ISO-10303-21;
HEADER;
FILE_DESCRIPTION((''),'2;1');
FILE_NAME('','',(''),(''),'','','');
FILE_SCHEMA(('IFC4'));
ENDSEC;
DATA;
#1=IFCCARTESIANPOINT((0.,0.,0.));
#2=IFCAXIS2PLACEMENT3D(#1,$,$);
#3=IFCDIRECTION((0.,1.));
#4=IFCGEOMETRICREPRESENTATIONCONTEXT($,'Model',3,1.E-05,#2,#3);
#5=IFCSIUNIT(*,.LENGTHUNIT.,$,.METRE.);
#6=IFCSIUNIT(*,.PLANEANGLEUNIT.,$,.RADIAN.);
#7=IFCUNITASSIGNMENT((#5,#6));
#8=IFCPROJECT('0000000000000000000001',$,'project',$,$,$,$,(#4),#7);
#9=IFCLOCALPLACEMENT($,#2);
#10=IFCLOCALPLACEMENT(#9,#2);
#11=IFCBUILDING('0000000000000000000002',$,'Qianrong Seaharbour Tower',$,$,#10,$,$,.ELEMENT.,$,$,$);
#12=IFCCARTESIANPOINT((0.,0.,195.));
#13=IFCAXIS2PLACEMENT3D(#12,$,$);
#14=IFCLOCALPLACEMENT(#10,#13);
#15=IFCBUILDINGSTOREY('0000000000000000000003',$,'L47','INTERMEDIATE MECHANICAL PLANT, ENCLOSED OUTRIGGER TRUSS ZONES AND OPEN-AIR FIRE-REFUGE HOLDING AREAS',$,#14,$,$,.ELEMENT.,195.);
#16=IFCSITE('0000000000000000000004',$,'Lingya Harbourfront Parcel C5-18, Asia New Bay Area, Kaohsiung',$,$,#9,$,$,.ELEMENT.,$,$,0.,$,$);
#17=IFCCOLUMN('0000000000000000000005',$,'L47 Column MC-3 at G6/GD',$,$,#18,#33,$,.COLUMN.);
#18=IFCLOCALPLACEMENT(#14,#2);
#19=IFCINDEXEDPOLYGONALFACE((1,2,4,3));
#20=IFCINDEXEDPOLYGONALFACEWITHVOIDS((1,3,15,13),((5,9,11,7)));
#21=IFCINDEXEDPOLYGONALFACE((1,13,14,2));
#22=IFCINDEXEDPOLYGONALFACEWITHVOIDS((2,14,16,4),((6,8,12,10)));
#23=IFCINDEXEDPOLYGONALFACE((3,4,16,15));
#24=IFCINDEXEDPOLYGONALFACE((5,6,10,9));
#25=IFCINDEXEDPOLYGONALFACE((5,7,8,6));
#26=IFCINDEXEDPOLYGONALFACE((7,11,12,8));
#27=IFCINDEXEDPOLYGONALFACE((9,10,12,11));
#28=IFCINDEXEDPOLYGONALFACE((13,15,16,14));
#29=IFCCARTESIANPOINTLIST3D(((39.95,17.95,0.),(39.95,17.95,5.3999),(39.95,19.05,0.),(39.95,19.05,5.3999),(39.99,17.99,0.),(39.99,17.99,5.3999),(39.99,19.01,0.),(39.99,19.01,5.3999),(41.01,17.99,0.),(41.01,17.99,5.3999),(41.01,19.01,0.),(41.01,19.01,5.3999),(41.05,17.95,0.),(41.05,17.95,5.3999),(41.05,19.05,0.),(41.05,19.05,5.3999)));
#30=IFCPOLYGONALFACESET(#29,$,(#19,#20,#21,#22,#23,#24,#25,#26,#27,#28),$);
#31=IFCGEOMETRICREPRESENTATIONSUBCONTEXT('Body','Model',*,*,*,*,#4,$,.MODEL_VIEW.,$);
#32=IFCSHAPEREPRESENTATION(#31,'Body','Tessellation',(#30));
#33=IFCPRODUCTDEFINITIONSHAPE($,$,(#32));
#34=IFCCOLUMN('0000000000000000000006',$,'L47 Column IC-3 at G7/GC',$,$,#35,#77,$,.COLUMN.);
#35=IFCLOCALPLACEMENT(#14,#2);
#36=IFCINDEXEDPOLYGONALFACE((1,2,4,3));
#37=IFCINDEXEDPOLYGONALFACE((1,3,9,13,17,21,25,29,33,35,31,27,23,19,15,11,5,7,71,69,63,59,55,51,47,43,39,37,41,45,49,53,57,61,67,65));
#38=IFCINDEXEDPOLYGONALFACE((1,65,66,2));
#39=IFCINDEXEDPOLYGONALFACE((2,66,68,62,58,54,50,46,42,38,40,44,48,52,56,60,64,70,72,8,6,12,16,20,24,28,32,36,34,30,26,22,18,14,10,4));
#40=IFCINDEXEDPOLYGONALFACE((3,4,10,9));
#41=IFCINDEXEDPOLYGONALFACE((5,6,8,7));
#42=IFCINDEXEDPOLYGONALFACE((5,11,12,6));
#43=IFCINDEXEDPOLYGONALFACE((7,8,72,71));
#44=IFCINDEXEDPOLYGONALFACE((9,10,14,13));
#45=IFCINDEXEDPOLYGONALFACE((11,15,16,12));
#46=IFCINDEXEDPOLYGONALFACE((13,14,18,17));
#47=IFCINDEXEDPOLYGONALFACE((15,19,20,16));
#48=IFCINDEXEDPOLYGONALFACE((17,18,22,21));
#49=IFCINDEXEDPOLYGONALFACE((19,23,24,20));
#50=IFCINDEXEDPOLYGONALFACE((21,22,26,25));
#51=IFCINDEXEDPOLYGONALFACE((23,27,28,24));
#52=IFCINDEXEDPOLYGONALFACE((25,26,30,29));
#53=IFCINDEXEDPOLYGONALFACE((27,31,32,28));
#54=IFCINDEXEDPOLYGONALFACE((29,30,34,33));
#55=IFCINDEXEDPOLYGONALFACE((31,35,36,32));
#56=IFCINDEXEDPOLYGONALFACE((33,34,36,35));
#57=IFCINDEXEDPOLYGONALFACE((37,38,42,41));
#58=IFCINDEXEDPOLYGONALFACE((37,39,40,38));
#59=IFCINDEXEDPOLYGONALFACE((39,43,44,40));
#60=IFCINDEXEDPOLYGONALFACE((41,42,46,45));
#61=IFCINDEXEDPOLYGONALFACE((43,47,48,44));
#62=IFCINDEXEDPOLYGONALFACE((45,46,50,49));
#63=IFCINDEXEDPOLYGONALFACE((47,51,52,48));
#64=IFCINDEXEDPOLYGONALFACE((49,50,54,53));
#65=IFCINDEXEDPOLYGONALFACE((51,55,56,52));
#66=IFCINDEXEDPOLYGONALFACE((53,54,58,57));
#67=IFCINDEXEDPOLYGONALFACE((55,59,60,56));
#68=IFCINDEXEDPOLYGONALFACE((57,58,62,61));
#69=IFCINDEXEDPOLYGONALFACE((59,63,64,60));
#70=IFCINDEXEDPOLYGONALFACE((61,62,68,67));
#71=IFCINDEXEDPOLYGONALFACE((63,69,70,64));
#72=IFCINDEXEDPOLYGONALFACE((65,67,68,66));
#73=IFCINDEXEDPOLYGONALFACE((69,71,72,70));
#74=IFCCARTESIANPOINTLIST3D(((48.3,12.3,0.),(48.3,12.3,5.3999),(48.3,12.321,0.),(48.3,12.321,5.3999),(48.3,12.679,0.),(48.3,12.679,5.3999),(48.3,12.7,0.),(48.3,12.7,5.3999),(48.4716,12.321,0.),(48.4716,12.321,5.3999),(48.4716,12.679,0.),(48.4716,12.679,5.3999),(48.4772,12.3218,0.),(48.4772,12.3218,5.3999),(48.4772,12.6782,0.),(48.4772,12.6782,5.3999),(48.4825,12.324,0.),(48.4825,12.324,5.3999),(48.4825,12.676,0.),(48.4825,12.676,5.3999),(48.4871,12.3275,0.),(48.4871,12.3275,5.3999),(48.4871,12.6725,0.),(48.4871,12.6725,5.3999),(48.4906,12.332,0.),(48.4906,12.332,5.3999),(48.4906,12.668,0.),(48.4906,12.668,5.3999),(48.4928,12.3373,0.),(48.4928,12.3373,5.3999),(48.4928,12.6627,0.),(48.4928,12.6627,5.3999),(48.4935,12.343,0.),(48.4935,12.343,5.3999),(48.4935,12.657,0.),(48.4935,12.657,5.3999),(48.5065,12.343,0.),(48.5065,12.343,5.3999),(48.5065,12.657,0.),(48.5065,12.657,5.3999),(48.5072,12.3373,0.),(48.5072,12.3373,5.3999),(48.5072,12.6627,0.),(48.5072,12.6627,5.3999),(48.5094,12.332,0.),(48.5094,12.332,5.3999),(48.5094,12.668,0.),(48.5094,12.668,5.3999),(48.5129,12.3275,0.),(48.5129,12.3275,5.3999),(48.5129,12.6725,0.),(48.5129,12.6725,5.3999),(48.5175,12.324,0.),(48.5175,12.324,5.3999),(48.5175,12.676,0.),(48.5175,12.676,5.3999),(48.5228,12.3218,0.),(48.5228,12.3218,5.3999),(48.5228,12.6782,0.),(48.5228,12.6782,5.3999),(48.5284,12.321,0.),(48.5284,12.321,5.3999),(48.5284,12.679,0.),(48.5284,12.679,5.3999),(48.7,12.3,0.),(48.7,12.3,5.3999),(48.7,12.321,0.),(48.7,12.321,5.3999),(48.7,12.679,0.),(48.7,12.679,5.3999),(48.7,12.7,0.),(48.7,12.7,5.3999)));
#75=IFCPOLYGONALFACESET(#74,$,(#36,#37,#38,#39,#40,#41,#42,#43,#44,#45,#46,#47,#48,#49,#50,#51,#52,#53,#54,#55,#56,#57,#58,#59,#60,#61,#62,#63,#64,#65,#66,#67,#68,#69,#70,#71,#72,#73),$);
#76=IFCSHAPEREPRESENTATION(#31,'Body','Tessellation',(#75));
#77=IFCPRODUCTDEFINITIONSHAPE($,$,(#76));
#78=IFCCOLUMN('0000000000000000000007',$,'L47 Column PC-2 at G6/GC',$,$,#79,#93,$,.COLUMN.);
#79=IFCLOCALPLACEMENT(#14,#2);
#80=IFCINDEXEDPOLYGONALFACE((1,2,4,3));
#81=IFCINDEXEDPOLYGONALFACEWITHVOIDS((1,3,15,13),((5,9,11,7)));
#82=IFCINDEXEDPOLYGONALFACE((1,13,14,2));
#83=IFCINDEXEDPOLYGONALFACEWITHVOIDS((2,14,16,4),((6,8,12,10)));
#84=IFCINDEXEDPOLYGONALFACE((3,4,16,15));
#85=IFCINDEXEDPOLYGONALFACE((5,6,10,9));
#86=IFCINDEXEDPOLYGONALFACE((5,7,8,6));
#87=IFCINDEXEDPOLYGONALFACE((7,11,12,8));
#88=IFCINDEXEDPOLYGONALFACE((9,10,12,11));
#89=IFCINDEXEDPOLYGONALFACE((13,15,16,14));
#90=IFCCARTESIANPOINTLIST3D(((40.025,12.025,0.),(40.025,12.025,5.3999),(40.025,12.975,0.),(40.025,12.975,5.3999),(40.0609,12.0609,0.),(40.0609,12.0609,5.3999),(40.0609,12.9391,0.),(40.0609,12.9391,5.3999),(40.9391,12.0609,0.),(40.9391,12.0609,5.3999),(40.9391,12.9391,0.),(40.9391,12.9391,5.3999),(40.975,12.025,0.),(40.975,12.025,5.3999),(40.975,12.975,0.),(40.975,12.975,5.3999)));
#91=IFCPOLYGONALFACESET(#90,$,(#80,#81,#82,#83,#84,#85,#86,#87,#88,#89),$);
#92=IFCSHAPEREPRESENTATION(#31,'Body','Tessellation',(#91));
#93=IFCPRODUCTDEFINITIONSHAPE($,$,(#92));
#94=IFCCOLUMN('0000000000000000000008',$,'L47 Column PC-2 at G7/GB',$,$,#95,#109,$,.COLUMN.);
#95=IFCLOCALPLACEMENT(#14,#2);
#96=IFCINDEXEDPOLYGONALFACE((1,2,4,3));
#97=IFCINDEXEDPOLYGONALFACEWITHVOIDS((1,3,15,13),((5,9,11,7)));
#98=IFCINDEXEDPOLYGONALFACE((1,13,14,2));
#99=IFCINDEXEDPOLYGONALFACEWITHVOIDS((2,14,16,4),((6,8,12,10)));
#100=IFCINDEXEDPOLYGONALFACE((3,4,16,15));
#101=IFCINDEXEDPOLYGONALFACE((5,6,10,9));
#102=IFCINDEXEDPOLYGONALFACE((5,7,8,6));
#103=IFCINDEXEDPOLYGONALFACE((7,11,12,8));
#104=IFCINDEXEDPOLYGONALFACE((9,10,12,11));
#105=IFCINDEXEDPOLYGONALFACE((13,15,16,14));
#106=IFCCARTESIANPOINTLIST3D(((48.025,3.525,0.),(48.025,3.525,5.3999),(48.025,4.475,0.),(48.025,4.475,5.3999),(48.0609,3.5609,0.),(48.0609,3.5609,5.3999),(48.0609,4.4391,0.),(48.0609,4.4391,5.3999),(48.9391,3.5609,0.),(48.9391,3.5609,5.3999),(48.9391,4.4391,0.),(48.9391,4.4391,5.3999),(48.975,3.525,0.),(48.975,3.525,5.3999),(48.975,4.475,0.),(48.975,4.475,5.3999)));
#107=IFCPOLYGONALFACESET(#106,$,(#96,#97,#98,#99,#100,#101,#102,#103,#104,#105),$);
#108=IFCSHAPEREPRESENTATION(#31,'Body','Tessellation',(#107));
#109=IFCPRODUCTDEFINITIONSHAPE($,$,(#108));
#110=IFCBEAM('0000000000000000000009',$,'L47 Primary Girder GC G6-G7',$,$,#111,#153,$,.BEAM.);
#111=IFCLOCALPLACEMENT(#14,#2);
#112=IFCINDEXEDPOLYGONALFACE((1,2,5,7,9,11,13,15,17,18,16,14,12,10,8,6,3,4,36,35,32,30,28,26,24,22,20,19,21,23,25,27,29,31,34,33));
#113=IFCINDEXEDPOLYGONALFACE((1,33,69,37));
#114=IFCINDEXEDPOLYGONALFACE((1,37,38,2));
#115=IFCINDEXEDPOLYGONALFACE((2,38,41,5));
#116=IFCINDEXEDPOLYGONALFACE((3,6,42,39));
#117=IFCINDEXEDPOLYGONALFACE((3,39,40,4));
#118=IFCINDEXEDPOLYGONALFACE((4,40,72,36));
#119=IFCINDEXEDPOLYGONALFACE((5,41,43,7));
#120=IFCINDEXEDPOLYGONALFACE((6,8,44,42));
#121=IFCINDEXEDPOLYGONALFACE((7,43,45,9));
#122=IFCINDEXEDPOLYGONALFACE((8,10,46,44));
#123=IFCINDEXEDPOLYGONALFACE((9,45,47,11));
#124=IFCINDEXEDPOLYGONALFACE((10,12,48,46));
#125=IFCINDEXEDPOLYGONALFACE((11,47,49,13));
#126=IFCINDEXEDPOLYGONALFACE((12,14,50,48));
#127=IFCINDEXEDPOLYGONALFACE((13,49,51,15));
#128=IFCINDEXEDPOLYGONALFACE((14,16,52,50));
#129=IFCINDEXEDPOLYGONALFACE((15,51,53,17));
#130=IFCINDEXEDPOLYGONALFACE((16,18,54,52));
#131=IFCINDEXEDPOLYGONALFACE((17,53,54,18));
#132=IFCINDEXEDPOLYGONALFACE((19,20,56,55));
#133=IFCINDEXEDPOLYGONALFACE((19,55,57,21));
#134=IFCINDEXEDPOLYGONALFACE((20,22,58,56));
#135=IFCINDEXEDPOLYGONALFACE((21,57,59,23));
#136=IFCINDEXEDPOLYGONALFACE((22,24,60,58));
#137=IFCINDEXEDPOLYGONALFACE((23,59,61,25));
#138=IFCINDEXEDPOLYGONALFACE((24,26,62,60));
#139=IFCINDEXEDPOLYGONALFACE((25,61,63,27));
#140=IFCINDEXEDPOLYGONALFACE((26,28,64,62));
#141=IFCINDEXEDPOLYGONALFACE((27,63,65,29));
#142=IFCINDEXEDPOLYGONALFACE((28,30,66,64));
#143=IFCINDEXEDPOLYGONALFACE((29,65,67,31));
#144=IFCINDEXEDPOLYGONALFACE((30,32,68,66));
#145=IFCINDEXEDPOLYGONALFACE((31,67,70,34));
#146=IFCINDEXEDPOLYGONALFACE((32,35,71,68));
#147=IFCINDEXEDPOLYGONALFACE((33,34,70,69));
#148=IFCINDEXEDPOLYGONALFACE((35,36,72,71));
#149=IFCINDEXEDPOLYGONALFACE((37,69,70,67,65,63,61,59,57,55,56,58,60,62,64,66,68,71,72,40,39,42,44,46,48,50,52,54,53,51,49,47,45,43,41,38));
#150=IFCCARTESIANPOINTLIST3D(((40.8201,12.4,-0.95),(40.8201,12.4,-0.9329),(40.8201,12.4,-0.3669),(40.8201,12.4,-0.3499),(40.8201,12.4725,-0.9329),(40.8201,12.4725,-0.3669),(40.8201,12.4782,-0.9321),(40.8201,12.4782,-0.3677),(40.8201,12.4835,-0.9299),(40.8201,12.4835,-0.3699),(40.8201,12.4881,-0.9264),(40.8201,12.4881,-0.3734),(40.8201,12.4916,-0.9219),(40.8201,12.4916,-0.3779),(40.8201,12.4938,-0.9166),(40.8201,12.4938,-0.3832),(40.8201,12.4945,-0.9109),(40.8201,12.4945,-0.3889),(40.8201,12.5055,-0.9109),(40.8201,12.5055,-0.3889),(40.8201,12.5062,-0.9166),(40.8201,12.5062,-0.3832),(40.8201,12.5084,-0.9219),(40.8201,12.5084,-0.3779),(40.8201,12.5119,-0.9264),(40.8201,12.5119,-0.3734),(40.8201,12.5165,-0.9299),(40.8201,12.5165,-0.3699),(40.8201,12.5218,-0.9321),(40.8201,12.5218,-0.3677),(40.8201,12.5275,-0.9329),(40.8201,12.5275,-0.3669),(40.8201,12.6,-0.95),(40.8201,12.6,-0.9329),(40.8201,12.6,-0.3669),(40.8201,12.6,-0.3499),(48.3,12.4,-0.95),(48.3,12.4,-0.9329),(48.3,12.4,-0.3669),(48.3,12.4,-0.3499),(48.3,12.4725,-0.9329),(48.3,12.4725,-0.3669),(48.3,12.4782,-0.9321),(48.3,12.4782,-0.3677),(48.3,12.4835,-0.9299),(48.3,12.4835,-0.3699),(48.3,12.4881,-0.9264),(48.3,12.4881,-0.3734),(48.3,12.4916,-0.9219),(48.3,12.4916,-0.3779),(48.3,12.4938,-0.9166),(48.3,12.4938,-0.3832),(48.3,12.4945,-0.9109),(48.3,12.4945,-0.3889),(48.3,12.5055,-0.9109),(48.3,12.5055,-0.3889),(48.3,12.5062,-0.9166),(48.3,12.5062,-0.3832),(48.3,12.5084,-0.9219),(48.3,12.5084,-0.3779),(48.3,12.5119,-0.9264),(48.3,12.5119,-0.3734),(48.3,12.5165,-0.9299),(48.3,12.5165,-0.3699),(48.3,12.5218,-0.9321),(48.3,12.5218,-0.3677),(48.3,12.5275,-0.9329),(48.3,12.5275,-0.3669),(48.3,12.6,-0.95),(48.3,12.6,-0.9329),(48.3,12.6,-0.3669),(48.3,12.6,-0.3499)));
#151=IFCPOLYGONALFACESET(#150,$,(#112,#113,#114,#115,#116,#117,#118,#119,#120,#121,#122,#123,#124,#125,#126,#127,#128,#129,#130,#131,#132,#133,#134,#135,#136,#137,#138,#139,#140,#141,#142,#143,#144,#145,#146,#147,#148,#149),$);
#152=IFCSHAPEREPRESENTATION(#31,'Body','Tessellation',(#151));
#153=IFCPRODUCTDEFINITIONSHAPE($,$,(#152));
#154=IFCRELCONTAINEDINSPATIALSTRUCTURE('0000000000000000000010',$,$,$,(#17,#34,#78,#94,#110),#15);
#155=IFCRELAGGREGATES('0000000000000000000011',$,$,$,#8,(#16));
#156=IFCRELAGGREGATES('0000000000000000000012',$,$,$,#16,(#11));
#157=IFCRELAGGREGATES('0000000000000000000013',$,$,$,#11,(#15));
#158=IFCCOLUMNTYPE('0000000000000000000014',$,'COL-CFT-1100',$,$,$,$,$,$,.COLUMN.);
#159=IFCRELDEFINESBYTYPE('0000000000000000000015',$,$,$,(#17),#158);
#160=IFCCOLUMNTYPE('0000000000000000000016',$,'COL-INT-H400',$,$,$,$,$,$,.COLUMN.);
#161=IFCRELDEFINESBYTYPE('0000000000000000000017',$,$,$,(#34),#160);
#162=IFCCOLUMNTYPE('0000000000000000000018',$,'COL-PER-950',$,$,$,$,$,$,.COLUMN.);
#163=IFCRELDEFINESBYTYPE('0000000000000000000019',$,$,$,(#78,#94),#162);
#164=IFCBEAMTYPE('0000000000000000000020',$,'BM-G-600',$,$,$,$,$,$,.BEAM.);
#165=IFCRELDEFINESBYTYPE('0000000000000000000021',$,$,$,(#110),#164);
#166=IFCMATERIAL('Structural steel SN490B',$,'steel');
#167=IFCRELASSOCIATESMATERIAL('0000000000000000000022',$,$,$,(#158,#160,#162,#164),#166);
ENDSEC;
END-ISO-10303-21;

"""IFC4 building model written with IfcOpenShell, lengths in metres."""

from ifc_helpers import new_model, si_unit, direction, frame, origin, origin_2d, place, context, subcontext, project, spatial, hollow_rectangle, i_section, extrude, material, material_profile, profile_set, type_object, element, save


model = new_model("IFC4")

# Units and contexts
model_context = context("Model", 3, precision=1e-05, world=origin(), true_north=direction((0.0, 1.0)))
body_context = subcontext(model_context, "Body", "Model", "MODEL_VIEW")
ifc_project = project(units=[si_unit("LENGTHUNIT", "METRE"), si_unit("PLANEANGLEUNIT", "RADIAN")], contexts=[model_context])

# Site, building, storey
site_placement = place(None, origin())
site = spatial("IfcSite", under=ifc_project, at=site_placement, Name="Lingya Harbourfront Parcel C5-18, Asia New Bay Area, Kaohsiung", CompositionType="ELEMENT", RefElevation=0.0)
building_placement = place(site_placement, origin())
building = spatial("IfcBuilding", under=site, at=building_placement, Name="Qianrong Seaharbour Tower", CompositionType="ELEMENT")
storey_placement = place(building_placement, frame((0.0, 0.0, 195.0)))
storey = spatial("IfcBuildingStorey", under=building, at=storey_placement, Name="L47", Description="INTERMEDIATE MECHANICAL PLANT, ENCLOSED OUTRIGGER TRUSS ZONES AND OPEN-AIR FIRE-REFUGE HOLDING AREAS", CompositionType="ELEMENT", Elevation=195.0)

# Columns
ifc_material_1 = material(Name="Structural steel SN490B", Category="steel")
ifc_material_profile_1 = material_profile(ifc_material_1, hollow_rectangle(XDim=1.1001, YDim=1.1001, WallThickness=0.04, at=origin_2d()), Name="BOX1100x1100x40")
ifc_profile_set_1 = profile_set([ifc_material_profile_1], Name="Structural steel SN490B")
column_type_1 = type_object("IfcColumnType", Name="COL-CFT-1100", PredefinedType="COLUMN", material=ifc_profile_set_1)
column_1_placement = place(storey_placement, frame((40.5, 18.5, 0.0), z_axis=(0.0, 0.0, 1.0), x_axis=(1.0, 0.0, 0.0)))
element("IfcColumn", 1, at=column_1_placement, inside=storey, type_object=column_type_1, Name="L47 Column MC-3 at G6/GD", PredefinedType="COLUMN", context=body_context, shape_type="SweptSolid", body=[
    extrude(hollow_rectangle(XDim=1.1001, YDim=1.1001, WallThickness=0.04, at=origin_2d()), origin(), (0.0, 0.0, 1.0), 5.3999),
])
ifc_material_profile_2 = material_profile(ifc_material_1, i_section(OverallWidth=0.3999, OverallDepth=0.3999, WebThickness=0.0129, FlangeThickness=0.021, FilletRadius=0.022, at=origin_2d()), Name="H400x400x13x21")
ifc_profile_set_2 = profile_set([ifc_material_profile_2], Name="Structural steel SN490B")
column_type_2 = type_object("IfcColumnType", Name="COL-INT-H400", PredefinedType="COLUMN", material=ifc_profile_set_2)
column_2_placement = place(storey_placement, frame((48.5, 12.5, 0.0), z_axis=(0.0, 0.0, 1.0), x_axis=(1.0, 0.0, 0.0)))
element("IfcColumn", 2, at=column_2_placement, inside=storey, type_object=column_type_2, Name="L47 Column IC-3 at G7/GC", PredefinedType="COLUMN", context=body_context, shape_type="SweptSolid", body=[
    extrude(i_section(OverallWidth=0.3999, OverallDepth=0.3999, WebThickness=0.0129, FlangeThickness=0.021, FilletRadius=0.022, at=origin_2d()), origin(), (0.0, 0.0, 1.0), 5.3999),
])
ifc_material_profile_3 = material_profile(ifc_material_1, hollow_rectangle(XDim=0.95, YDim=0.95, WallThickness=0.0359, at=origin_2d()), Name="BOX950x950x36")
ifc_profile_set_3 = profile_set([ifc_material_profile_3], Name="Structural steel SN490B")
column_type_3 = type_object("IfcColumnType", Name="COL-PER-950", PredefinedType="COLUMN", material=ifc_profile_set_3)
for number, where, z_axis, x_axis, name in (
    (3, (40.5, 12.5, 0.0), (0.0, 0.0, 1.0), (1.0, 0.0, 0.0), "L47 Column PC-2 at G6/GC"),
    (4, (48.5, 4.0, 0.0), (0.0, 0.0, 1.0), (1.0, 0.0, 0.0), "L47 Column PC-2 at G7/GB"),
):
    element("IfcColumn", number, at=place(storey_placement, frame(where, z_axis=z_axis, x_axis=x_axis)), inside=storey, type_object=column_type_3, Name=name, PredefinedType="COLUMN", context=body_context, shape_type="SweptSolid", body=[
        extrude(hollow_rectangle(XDim=0.95, YDim=0.95, WallThickness=0.0359, at=origin_2d()), origin(), (0.0, 0.0, 1.0), 5.3999),
    ])

# Beam
ifc_material_profile_4 = material_profile(ifc_material_1, i_section(OverallWidth=0.2, OverallDepth=0.6001, WebThickness=0.011, FlangeThickness=0.0171, FilletRadius=0.022, at=origin_2d()), Name="H600x200x11x17")
ifc_profile_set_4 = profile_set([ifc_material_profile_4], Name="Structural steel SN490B")
beam_type_1 = type_object("IfcBeamType", Name="BM-G-600", PredefinedType="BEAM", material=ifc_profile_set_4)
beam_1_placement = place(storey_placement, frame((40.8201, 12.5, -0.6499), z_axis=(1.0, 0.0, 0.0), x_axis=(0.0, 1.0, 0.0)))
element("IfcBeam", 5, at=beam_1_placement, inside=storey, type_object=beam_type_1, Name="L47 Primary Girder GC G6-G7", PredefinedType="BEAM", context=body_context, shape_type="SweptSolid", body=[
    extrude(i_section(OverallWidth=0.2, OverallDepth=0.6001, WebThickness=0.011, FlangeThickness=0.0171, FilletRadius=0.022, at=origin_2d()), origin(), (0.0, 0.0, 1.0), 7.48),
])

save(model, "model.ifc")
